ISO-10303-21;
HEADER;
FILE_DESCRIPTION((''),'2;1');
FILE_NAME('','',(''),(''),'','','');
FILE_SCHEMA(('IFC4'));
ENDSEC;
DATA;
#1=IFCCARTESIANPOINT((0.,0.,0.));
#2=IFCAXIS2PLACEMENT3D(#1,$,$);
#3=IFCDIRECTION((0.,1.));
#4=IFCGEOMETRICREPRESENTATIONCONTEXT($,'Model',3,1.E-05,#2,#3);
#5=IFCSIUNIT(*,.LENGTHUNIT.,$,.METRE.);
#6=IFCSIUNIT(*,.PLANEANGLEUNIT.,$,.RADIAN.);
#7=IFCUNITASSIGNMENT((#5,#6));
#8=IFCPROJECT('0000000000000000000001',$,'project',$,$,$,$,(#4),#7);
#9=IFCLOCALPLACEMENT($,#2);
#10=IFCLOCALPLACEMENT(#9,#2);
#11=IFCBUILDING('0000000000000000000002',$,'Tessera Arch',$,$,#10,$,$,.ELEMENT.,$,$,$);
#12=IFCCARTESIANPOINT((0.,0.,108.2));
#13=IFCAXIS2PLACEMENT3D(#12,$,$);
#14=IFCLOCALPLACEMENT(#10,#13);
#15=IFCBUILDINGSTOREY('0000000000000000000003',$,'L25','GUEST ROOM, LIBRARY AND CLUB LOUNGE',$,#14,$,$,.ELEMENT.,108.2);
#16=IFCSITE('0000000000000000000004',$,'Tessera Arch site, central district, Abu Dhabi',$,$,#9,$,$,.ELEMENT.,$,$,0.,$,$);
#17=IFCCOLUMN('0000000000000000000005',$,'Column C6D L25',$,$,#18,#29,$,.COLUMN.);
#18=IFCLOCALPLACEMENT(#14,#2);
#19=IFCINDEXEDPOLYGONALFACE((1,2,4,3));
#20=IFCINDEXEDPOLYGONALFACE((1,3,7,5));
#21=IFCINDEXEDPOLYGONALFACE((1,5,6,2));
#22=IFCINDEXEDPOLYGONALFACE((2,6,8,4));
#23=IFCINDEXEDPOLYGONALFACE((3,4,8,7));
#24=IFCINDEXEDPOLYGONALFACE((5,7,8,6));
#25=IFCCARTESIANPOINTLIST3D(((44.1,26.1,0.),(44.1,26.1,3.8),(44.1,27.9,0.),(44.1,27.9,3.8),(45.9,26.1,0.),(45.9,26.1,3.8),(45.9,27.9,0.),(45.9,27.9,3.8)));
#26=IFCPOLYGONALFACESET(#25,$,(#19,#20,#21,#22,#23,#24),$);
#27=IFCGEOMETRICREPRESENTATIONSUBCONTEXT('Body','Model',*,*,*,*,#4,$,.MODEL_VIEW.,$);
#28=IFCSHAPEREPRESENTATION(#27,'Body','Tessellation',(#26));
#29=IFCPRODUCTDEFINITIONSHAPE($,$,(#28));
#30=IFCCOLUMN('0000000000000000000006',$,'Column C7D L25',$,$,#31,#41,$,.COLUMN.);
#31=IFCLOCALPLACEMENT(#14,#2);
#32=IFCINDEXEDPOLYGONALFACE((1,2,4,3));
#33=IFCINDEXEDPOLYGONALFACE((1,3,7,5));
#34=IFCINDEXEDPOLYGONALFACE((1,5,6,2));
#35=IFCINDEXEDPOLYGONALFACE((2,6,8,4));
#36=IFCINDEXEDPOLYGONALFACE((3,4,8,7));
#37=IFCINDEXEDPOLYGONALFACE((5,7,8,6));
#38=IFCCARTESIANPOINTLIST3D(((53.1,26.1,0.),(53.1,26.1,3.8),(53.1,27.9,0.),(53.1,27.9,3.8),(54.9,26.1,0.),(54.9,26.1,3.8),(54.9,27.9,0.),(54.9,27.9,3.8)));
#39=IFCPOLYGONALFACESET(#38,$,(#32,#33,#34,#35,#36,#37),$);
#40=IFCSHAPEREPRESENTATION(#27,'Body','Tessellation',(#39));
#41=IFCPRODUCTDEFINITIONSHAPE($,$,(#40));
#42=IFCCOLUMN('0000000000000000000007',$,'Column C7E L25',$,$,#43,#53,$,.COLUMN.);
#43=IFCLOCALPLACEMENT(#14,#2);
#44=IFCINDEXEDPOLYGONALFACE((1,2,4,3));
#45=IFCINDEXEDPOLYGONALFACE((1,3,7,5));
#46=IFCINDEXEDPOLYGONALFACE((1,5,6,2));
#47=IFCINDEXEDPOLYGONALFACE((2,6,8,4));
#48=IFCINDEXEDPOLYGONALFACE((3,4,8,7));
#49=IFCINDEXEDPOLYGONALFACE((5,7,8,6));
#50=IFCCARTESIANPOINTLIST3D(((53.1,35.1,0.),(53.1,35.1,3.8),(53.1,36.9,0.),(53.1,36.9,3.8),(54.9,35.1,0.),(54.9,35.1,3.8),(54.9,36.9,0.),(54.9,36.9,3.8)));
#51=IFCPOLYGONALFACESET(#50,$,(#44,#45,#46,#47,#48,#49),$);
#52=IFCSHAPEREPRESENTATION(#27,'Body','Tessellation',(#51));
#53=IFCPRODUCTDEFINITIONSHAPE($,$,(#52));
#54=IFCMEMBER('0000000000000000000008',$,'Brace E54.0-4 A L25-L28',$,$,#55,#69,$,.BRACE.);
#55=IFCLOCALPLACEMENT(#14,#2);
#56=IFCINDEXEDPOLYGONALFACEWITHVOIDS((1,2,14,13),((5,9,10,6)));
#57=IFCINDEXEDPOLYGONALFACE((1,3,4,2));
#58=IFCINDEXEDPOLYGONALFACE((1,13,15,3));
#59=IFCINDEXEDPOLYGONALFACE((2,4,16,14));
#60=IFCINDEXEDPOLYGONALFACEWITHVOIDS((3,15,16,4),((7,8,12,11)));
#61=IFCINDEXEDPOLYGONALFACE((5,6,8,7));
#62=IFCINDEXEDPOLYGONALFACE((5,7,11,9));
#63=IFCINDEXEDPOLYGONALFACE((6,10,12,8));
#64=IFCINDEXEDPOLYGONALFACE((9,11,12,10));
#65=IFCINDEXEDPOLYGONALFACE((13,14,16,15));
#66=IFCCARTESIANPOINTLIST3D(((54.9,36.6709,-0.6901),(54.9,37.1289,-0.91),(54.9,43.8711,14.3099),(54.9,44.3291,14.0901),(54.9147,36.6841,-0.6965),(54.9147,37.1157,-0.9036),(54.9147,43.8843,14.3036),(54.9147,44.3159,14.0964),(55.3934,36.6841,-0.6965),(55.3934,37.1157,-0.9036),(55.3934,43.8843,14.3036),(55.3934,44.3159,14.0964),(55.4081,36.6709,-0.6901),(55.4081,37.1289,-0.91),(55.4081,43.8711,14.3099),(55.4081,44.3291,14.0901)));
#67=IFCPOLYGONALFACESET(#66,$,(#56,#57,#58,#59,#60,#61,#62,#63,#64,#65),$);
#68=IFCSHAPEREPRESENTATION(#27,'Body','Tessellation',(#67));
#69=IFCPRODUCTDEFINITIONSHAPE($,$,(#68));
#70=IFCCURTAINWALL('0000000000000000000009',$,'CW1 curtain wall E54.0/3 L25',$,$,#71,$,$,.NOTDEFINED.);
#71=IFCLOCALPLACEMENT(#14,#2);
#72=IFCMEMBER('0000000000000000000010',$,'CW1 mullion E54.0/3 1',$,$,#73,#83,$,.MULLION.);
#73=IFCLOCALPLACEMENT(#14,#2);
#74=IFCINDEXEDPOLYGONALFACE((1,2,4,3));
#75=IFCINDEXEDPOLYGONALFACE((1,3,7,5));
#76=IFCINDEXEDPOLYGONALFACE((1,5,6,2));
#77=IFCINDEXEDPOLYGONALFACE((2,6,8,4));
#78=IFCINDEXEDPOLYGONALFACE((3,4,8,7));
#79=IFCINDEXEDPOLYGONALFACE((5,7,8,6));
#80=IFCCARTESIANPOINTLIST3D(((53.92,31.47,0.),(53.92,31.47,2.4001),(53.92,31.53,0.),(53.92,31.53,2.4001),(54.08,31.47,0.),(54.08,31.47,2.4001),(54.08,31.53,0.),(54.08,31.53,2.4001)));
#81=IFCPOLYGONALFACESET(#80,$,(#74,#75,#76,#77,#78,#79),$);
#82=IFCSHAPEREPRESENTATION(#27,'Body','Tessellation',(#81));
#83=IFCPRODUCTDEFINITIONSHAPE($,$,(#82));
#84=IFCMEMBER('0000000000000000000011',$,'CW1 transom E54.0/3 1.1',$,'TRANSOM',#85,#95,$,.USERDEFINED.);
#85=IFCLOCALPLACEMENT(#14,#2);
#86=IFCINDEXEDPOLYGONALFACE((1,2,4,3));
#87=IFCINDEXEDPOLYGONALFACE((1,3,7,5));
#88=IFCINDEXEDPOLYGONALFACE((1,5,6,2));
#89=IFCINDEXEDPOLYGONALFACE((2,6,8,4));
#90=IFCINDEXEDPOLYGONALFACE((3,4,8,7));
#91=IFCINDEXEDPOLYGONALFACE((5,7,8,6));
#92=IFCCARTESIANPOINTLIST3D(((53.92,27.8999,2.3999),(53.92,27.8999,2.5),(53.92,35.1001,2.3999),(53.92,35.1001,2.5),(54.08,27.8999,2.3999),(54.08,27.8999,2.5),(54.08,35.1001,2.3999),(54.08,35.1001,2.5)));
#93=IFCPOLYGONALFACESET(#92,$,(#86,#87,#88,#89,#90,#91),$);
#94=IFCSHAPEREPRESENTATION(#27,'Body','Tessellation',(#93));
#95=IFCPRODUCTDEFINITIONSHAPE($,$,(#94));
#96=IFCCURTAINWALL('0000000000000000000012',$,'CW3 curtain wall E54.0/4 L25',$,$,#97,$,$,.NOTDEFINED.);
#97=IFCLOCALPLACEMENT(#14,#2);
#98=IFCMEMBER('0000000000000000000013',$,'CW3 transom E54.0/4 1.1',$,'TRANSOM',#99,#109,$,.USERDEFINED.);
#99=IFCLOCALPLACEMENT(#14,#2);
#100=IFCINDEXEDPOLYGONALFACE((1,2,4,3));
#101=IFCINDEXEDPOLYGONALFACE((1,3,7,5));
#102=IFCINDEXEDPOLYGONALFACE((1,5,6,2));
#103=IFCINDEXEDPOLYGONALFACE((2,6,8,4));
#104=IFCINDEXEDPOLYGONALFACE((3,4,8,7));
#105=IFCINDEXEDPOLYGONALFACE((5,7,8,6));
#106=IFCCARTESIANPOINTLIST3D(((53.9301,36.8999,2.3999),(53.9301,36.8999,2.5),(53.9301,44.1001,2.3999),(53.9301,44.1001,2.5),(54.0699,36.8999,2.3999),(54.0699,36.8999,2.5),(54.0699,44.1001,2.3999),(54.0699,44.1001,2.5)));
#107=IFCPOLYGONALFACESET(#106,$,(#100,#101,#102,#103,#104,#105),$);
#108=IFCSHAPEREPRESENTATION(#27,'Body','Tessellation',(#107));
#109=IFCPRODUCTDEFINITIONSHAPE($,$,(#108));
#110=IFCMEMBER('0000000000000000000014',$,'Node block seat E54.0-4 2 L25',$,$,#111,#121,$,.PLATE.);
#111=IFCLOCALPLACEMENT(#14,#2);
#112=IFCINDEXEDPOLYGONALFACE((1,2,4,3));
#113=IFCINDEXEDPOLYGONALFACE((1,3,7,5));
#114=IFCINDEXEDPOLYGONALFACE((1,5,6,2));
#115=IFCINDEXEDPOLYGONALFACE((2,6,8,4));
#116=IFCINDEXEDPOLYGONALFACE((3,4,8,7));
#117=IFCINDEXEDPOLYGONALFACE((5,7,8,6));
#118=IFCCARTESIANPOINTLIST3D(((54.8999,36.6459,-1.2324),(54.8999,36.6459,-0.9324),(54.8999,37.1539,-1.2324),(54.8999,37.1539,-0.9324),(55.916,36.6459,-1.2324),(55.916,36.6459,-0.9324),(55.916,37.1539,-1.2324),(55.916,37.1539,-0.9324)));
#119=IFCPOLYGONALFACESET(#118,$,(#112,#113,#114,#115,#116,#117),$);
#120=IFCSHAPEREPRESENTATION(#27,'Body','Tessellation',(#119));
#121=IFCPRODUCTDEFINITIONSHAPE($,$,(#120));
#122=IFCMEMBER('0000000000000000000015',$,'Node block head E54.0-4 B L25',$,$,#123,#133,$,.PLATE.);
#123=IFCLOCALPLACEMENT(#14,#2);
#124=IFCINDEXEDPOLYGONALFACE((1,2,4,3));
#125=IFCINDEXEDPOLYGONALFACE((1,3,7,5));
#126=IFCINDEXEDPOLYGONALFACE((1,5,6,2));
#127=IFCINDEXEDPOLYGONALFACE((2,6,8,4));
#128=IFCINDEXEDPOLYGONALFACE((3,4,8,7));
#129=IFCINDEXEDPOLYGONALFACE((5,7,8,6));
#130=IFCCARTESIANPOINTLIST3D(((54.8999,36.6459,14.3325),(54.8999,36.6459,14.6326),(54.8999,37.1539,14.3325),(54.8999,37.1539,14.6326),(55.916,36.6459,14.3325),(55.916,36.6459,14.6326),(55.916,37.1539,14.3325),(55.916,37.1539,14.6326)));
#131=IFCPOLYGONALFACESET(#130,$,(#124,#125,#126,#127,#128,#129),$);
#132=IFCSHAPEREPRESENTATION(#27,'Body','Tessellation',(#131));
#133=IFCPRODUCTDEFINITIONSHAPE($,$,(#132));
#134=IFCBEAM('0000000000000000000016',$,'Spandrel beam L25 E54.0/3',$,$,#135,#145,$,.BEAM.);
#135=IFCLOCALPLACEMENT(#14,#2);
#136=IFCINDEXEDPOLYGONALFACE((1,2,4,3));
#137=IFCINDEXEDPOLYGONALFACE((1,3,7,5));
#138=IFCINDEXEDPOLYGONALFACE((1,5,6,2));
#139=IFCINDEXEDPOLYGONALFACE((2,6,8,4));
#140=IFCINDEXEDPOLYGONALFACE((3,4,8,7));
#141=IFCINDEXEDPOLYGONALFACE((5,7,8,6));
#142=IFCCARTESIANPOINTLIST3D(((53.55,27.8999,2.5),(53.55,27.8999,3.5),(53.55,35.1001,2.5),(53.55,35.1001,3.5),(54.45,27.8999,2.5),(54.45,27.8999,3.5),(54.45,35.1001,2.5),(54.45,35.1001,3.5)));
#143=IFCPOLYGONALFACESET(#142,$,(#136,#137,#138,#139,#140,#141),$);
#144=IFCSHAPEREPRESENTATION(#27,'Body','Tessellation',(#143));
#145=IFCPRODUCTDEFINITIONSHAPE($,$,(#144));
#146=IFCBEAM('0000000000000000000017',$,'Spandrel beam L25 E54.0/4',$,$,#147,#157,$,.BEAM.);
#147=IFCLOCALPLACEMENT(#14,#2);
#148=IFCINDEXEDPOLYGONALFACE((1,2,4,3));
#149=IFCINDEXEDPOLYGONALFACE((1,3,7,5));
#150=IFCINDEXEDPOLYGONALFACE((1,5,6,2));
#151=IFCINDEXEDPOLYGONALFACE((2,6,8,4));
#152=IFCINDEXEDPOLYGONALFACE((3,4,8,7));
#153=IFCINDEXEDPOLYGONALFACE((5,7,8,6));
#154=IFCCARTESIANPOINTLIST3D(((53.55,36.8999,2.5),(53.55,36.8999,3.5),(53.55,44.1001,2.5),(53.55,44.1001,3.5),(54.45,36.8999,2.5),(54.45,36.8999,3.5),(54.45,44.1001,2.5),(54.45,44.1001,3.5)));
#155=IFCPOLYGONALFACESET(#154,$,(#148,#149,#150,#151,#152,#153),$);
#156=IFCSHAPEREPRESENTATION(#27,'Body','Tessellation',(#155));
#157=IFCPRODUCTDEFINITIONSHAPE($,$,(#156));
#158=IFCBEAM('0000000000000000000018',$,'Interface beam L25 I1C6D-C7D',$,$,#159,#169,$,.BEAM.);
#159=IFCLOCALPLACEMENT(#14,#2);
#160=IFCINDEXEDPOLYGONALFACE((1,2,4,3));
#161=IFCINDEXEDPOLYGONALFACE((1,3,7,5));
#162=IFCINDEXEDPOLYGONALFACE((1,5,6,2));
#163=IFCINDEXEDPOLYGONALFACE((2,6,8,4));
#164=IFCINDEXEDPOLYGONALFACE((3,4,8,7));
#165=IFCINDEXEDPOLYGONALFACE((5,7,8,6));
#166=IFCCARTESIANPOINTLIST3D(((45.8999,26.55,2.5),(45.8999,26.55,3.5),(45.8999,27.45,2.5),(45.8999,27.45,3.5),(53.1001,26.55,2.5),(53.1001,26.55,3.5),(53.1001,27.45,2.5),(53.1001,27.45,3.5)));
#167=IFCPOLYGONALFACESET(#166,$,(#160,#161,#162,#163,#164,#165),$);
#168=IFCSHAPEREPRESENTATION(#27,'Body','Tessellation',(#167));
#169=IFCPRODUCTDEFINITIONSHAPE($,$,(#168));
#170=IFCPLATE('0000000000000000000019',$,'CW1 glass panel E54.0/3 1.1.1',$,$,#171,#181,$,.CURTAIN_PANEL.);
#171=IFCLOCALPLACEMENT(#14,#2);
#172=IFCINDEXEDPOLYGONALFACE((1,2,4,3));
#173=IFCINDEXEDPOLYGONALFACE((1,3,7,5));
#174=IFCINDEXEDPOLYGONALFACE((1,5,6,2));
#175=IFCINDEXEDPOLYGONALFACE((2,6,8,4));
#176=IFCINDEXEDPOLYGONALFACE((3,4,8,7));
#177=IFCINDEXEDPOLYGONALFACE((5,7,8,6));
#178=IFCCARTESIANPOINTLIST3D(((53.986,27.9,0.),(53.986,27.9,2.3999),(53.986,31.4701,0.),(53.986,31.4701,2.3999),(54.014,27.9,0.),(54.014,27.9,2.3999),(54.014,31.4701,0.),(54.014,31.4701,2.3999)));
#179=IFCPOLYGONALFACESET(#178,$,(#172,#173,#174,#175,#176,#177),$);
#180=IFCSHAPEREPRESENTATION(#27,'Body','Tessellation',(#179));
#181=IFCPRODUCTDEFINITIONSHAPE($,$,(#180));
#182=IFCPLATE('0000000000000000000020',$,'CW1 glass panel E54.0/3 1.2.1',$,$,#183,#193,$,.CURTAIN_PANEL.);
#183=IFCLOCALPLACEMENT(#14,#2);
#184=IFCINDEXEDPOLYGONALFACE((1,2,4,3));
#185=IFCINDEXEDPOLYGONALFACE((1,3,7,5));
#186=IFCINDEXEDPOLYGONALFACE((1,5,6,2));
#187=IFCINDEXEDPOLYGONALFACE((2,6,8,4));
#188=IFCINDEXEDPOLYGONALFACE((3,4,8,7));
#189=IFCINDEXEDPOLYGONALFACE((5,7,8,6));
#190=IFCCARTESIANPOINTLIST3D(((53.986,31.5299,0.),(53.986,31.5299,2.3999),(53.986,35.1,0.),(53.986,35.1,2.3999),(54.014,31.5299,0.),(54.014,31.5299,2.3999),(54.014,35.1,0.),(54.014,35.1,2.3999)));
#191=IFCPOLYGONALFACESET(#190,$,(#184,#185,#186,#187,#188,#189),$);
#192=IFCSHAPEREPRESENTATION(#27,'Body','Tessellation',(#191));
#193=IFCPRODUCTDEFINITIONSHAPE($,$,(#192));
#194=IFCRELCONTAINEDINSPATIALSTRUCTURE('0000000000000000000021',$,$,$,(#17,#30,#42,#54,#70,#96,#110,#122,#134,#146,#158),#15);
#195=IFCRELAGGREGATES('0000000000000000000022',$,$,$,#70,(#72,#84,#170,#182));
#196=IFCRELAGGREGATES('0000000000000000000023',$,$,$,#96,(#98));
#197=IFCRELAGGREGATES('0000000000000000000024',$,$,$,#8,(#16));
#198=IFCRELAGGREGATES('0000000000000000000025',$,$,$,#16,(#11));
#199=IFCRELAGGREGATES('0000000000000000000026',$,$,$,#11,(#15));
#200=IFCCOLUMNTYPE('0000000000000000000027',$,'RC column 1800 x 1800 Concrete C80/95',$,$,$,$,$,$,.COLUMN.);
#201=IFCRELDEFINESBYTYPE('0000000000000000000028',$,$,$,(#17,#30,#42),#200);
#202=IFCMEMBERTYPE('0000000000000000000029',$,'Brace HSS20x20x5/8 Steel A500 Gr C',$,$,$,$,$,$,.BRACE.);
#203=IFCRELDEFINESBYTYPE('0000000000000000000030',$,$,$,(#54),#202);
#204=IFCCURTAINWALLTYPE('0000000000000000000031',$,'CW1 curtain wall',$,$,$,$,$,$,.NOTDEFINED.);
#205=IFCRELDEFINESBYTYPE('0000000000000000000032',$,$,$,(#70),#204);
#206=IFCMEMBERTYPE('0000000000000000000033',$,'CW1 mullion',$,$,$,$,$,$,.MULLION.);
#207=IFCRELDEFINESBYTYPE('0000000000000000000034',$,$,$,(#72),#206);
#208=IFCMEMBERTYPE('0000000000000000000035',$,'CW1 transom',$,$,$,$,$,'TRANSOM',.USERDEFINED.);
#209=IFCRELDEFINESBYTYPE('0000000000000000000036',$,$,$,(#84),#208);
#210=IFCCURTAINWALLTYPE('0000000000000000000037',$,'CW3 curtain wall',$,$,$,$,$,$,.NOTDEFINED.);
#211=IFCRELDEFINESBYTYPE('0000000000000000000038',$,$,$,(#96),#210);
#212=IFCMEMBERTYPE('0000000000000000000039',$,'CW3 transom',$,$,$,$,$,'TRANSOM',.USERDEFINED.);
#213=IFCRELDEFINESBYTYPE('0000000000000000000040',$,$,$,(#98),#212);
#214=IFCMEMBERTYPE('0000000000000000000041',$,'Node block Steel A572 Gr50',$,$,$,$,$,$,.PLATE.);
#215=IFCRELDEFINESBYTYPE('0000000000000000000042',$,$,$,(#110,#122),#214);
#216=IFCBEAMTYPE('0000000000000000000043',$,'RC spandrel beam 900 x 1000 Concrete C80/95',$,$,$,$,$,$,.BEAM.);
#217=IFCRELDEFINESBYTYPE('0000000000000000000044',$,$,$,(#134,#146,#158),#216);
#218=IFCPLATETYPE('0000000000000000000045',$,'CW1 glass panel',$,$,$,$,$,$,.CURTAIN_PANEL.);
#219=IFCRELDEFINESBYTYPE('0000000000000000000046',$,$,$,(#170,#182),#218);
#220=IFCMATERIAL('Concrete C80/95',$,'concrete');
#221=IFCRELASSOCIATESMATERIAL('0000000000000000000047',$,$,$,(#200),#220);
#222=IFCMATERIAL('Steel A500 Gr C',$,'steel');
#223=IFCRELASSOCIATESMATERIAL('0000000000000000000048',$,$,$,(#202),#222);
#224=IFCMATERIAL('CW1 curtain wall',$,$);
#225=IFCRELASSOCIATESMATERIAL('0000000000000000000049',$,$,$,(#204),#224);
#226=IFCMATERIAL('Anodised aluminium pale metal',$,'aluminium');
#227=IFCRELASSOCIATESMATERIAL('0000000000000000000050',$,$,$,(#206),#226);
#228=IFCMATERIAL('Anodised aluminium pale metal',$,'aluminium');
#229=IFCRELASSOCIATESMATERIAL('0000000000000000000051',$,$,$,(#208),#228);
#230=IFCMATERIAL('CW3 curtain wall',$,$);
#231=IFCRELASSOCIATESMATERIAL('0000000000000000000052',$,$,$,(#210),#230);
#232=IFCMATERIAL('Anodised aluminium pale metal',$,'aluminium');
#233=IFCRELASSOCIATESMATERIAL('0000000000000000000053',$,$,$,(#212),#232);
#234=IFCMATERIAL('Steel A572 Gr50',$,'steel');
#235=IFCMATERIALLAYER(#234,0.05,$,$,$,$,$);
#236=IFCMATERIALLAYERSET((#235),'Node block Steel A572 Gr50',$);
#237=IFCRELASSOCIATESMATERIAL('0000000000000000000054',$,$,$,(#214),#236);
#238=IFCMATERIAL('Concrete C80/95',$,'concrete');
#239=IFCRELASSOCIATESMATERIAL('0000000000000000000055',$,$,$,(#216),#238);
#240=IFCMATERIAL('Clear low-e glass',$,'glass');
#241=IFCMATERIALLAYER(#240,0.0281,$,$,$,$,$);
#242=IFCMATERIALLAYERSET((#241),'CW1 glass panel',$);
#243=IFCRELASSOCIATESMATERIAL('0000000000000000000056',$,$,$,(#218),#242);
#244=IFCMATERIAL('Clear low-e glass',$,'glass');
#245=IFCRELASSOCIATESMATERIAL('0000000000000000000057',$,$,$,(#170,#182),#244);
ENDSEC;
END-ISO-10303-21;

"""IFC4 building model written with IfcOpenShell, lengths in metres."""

from ifc_helpers import new_model, si_unit, direction, frame, origin, origin_2d, place, context, subcontext, project, spatial, rectangle, hollow_rectangle, extrude, material, layer, layer_set, material_profile, profile_set, type_object, element, aggregate, save


model = new_model("IFC4")

# Units and contexts
model_context = context("Model", 3, precision=1e-05, world=origin(), true_north=direction((0.0, 1.0)))
body_context = subcontext(model_context, "Body", "Model", "MODEL_VIEW")
ifc_project = project(units=[si_unit("LENGTHUNIT", "METRE"), si_unit("PLANEANGLEUNIT", "RADIAN")], contexts=[model_context])

# Site, building, storey
site_placement = place(None, origin())
site = spatial("IfcSite", under=ifc_project, at=site_placement, Name="Tessera Arch site, central district, Abu Dhabi", CompositionType="ELEMENT", RefElevation=0.0)
building_placement = place(site_placement, origin())
building = spatial("IfcBuilding", under=site, at=building_placement, Name="Tessera Arch", CompositionType="ELEMENT")
storey_placement = place(building_placement, frame((0.0, 0.0, 108.2)))
storey = spatial("IfcBuildingStorey", under=building, at=storey_placement, Name="L25", Description="GUEST ROOM, LIBRARY AND CLUB LOUNGE", CompositionType="ELEMENT", Elevation=108.2)

# Columns
ifc_material_1 = material(Name="Concrete C80/95", Category="concrete")
ifc_material_profile_1 = material_profile(ifc_material_1, rectangle(XDim=1.8, YDim=1.8, at=origin_2d()), Name="RC column 1800 x 1800 Concrete C80/95")
ifc_profile_set_1 = profile_set([ifc_material_profile_1], Name="Concrete C80/95")
column_type = type_object("IfcColumnType", Name="RC column 1800 x 1800 Concrete C80/95", PredefinedType="COLUMN", material=ifc_profile_set_1)
for number, where, z_axis, x_axis, name in (
    (1, (45.0, 27.0, 0.0), (0.0, 0.0, 1.0), (1.0, 0.0, 0.0), "Column C6D L25"),
    (2, (54.0, 27.0, 0.0), (0.0, 0.0, 1.0), (1.0, 0.0, 0.0), "Column C7D L25"),
    (3, (54.0, 36.0, 0.0), (0.0, 0.0, 1.0), (1.0, 0.0, 0.0), "Column C7E L25"),
):
    element("IfcColumn", number, at=place(storey_placement, frame(where, z_axis=z_axis, x_axis=x_axis)), inside=storey, type_object=column_type, Name=name, PredefinedType="COLUMN", context=body_context, shape_type="SweptSolid", body=[
        extrude(rectangle(XDim=1.8, YDim=1.8, at=origin_2d()), origin(), (0.0, 0.0, 1.0), 3.8),
    ])

# Member
ifc_material_2 = material(Name="Steel A500 Gr C", Category="steel")
ifc_material_profile_2 = material_profile(ifc_material_2, hollow_rectangle(XDim=0.5081, YDim=0.5081, WallThickness=0.0146, at=origin_2d()), Name="HSS20x20x5/8")
ifc_profile_set_2 = profile_set([ifc_material_profile_2], Name="Steel A500 Gr C")
member_type_1 = type_object("IfcMemberType", Name="Brace HSS20x20x5/8 Steel A500 Gr C", PredefinedType="BRACE", material=ifc_profile_set_2)
member_1_placement = place(storey_placement, frame((55.1541, 36.8999, -0.8), z_axis=(0.0, 0.432741, 0.901518), x_axis=(-1.0, 0.0, 0.0)))
element("IfcMember", 4, at=member_1_placement, inside=storey, type_object=member_type_1, Name="Brace E54.0-4 A L25-L28", PredefinedType="BRACE", context=body_context, shape_type="SweptSolid", body=[
    extrude(hollow_rectangle(XDim=0.5081, YDim=0.5081, WallThickness=0.0146, at=origin_2d()), origin(), (0.0, 0.0, 1.0), 16.6387),
])

# Curtain wall, members
ifc_material_3 = material(Name="CW1 curtain wall")
curtain_wall_type_1 = type_object("IfcCurtainWallType", Name="CW1 curtain wall", PredefinedType="NOTDEFINED", material=ifc_material_3)
curtain_wall_1_placement = place(storey_placement, origin())
curtain_wall_1 = element("IfcCurtainWall", 5, at=curtain_wall_1_placement, inside=storey, type_object=curtain_wall_type_1, Name="CW1 curtain wall E54.0/3 L25", PredefinedType="NOTDEFINED")
ifc_material_4 = material(Name="Anodised aluminium pale metal", Category="aluminium")
ifc_material_profile_3 = material_profile(ifc_material_4, rectangle(XDim=0.1599, YDim=0.0601, at=origin_2d()), Name="AL 60x160")
ifc_profile_set_3 = profile_set([ifc_material_profile_3], Name="Anodised aluminium pale metal")
member_type_2 = type_object("IfcMemberType", Name="CW1 mullion", PredefinedType="MULLION", material=ifc_profile_set_3)
member_2_placement = place(storey_placement, frame((54.0, 31.5, 0.0), z_axis=(0.0, 0.0, 1.0), x_axis=(-1.0, 0.0, 0.0)))
member_2 = element("IfcMember", 6, at=member_2_placement, type_object=member_type_2, Name="CW1 mullion E54.0/3 1", PredefinedType="MULLION", context=body_context, shape_type="SweptSolid", body=[
    extrude(rectangle(XDim=0.1599, YDim=0.0601, at=origin_2d()), origin(), (0.0, 0.0, 1.0), 2.4001),
])
ifc_material_5 = material(Name="Anodised aluminium pale metal", Category="aluminium")
ifc_material_profile_4 = material_profile(ifc_material_5, rectangle(XDim=0.1599, YDim=0.1001, at=origin_2d()), Name="AL 160x100")
ifc_profile_set_4 = profile_set([ifc_material_profile_4], Name="Anodised aluminium pale metal")
member_type_3 = type_object("IfcMemberType", Name="CW1 transom", ElementType="TRANSOM", PredefinedType="USERDEFINED", material=ifc_profile_set_4)
member_3_placement = place(storey_placement, frame((54.0, 27.8999, 2.45), z_axis=(0.0, 1.0, 0.0), x_axis=(-1.0, 0.0, 0.0)))
member_3 = element("IfcMember", 7, at=member_3_placement, type_object=member_type_3, Name="CW1 transom E54.0/3 1.1", ObjectType="TRANSOM", PredefinedType="USERDEFINED", context=body_context, shape_type="SweptSolid", body=[
    extrude(rectangle(XDim=0.1599, YDim=0.1001, at=origin_2d()), origin(), (0.0, 0.0, 1.0), 7.2002),
])

# Curtain wall, member
ifc_material_6 = material(Name="CW3 curtain wall")
curtain_wall_type_2 = type_object("IfcCurtainWallType", Name="CW3 curtain wall", PredefinedType="NOTDEFINED", material=ifc_material_6)
curtain_wall_2_placement = place(storey_placement, origin())
curtain_wall_2 = element("IfcCurtainWall", 8, at=curtain_wall_2_placement, inside=storey, type_object=curtain_wall_type_2, Name="CW3 curtain wall E54.0/4 L25", PredefinedType="NOTDEFINED")
ifc_material_7 = material(Name="Anodised aluminium pale metal", Category="aluminium")
ifc_material_profile_5 = material_profile(ifc_material_7, rectangle(XDim=0.1399, YDim=0.1001, at=origin_2d()), Name="AL 140x100")
ifc_profile_set_5 = profile_set([ifc_material_profile_5], Name="Anodised aluminium pale metal")
member_type_4 = type_object("IfcMemberType", Name="CW3 transom", ElementType="TRANSOM", PredefinedType="USERDEFINED", material=ifc_profile_set_5)
member_4_placement = place(storey_placement, frame((54.0, 36.8999, 2.45), z_axis=(0.0, 1.0, 0.0), x_axis=(-1.0, 0.0, 0.0)))
member_4 = element("IfcMember", 9, at=member_4_placement, type_object=member_type_4, Name="CW3 transom E54.0/4 1.1", ObjectType="TRANSOM", PredefinedType="USERDEFINED", context=body_context, shape_type="SweptSolid", body=[
    extrude(rectangle(XDim=0.1399, YDim=0.1001, at=origin_2d()), origin(), (0.0, 0.0, 1.0), 7.2002),
])

# Members
ifc_material_8 = material(Name="Steel A572 Gr50", Category="steel")
ifc_layer_1 = layer(ifc_material_8, 0.05)
ifc_layer_set_1 = layer_set([ifc_layer_1], Name="Node block Steel A572 Gr50")
member_type_5 = type_object("IfcMemberType", Name="Node block Steel A572 Gr50", PredefinedType="PLATE", material=ifc_layer_set_1)
for number, where, z_axis, x_axis, name in (
    (10, (55.408, 36.8999, -1.2324), (0.0, 0.0, 1.0), (0.0, 1.0, 0.0), "Node block seat E54.0-4 2 L25"),
    (11, (55.408, 36.8999, 14.3325), (0.0, 0.0, 1.0), (0.0, 1.0, 0.0), "Node block head E54.0-4 B L25"),
):
    element("IfcMember", number, at=place(storey_placement, frame(where, z_axis=z_axis, x_axis=x_axis)), inside=storey, type_object=member_type_5, Name=name, PredefinedType="PLATE", context=body_context, shape_type="SweptSolid", body=[
        extrude(rectangle(XDim=0.5081, YDim=1.0161, at=origin_2d()), origin(), (0.0, 0.0, 1.0), 0.3),
    ])

# Beams
ifc_material_9 = material(Name="Concrete C80/95", Category="concrete")
ifc_material_profile_6 = material_profile(ifc_material_9, rectangle(XDim=0.8999, YDim=1.0, at=origin_2d()), Name="RC spandrel beam 900 x 1000 Concrete C80/95")
ifc_profile_set_6 = profile_set([ifc_material_profile_6], Name="Concrete C80/95")
beam_type = type_object("IfcBeamType", Name="RC spandrel beam 900 x 1000 Concrete C80/95", PredefinedType="BEAM", material=ifc_profile_set_6)
for number, where, z_axis, x_axis, name in (
    (12, (54.0, 27.8999, 3.0), (0.0, 1.0, 0.0), (-1.0, 0.0, 0.0), "Spandrel beam L25 E54.0/3"),
    (13, (54.0, 36.8999, 3.0), (0.0, 1.0, 0.0), (-1.0, 0.0, 0.0), "Spandrel beam L25 E54.0/4"),
    (14, (45.8999, 27.0, 3.0), (1.0, 0.0, 0.0), (0.0, 1.0, 0.0), "Interface beam L25 I1C6D-C7D"),
):
    element("IfcBeam", number, at=place(storey_placement, frame(where, z_axis=z_axis, x_axis=x_axis)), inside=storey, type_object=beam_type, Name=name, PredefinedType="BEAM", context=body_context, shape_type="SweptSolid", body=[
        extrude(rectangle(XDim=0.8999, YDim=1.0, at=origin_2d()), origin(), (0.0, 0.0, 1.0), 7.2002),
    ])

# Plates
ifc_material_10 = material(Name="Clear low-e glass", Category="glass")
ifc_material_11 = material(Name="Clear low-e glass", Category="glass")
ifc_layer_2 = layer(ifc_material_11, 0.0281)
ifc_layer_set_2 = layer_set([ifc_layer_2], Name="CW1 glass panel")
plate_type_1 = type_object("IfcPlateType", Name="CW1 glass panel", PredefinedType="CURTAIN_PANEL", material=ifc_layer_set_2)
plate_1_placement = place(storey_placement, frame((54.0, 29.6851, 0.0), z_axis=(0.0, 0.0, 1.0), x_axis=(0.0, 1.0, 0.0)))
plate_1 = element("IfcPlate", 15, at=plate_1_placement, type_object=plate_type_1, material=ifc_material_10, Name="CW1 glass panel E54.0/3 1.1.1", PredefinedType="CURTAIN_PANEL", context=body_context, shape_type="SweptSolid", body=[
    extrude(rectangle(XDim=3.5701, YDim=0.0281, at=origin_2d()), origin(), (0.0, 0.0, 1.0), 2.3999),
])
plate_2_placement = place(storey_placement, frame((54.0, 33.3149, 0.0), z_axis=(0.0, 0.0, 1.0), x_axis=(0.0, 1.0, 0.0)))
plate_2 = element("IfcPlate", 16, at=plate_2_placement, type_object=plate_type_1, material=ifc_material_10, Name="CW1 glass panel E54.0/3 1.2.1", PredefinedType="CURTAIN_PANEL", context=body_context, shape_type="SweptSolid", body=[
    extrude(rectangle(XDim=3.5701, YDim=0.0281, at=origin_2d()), origin(), (0.0, 0.0, 1.0), 2.3999),
])
aggregate(curtain_wall_1, [member_2, member_3, plate_1, plate_2])
aggregate(curtain_wall_2, [member_4])

save(model, "model.ifc")
